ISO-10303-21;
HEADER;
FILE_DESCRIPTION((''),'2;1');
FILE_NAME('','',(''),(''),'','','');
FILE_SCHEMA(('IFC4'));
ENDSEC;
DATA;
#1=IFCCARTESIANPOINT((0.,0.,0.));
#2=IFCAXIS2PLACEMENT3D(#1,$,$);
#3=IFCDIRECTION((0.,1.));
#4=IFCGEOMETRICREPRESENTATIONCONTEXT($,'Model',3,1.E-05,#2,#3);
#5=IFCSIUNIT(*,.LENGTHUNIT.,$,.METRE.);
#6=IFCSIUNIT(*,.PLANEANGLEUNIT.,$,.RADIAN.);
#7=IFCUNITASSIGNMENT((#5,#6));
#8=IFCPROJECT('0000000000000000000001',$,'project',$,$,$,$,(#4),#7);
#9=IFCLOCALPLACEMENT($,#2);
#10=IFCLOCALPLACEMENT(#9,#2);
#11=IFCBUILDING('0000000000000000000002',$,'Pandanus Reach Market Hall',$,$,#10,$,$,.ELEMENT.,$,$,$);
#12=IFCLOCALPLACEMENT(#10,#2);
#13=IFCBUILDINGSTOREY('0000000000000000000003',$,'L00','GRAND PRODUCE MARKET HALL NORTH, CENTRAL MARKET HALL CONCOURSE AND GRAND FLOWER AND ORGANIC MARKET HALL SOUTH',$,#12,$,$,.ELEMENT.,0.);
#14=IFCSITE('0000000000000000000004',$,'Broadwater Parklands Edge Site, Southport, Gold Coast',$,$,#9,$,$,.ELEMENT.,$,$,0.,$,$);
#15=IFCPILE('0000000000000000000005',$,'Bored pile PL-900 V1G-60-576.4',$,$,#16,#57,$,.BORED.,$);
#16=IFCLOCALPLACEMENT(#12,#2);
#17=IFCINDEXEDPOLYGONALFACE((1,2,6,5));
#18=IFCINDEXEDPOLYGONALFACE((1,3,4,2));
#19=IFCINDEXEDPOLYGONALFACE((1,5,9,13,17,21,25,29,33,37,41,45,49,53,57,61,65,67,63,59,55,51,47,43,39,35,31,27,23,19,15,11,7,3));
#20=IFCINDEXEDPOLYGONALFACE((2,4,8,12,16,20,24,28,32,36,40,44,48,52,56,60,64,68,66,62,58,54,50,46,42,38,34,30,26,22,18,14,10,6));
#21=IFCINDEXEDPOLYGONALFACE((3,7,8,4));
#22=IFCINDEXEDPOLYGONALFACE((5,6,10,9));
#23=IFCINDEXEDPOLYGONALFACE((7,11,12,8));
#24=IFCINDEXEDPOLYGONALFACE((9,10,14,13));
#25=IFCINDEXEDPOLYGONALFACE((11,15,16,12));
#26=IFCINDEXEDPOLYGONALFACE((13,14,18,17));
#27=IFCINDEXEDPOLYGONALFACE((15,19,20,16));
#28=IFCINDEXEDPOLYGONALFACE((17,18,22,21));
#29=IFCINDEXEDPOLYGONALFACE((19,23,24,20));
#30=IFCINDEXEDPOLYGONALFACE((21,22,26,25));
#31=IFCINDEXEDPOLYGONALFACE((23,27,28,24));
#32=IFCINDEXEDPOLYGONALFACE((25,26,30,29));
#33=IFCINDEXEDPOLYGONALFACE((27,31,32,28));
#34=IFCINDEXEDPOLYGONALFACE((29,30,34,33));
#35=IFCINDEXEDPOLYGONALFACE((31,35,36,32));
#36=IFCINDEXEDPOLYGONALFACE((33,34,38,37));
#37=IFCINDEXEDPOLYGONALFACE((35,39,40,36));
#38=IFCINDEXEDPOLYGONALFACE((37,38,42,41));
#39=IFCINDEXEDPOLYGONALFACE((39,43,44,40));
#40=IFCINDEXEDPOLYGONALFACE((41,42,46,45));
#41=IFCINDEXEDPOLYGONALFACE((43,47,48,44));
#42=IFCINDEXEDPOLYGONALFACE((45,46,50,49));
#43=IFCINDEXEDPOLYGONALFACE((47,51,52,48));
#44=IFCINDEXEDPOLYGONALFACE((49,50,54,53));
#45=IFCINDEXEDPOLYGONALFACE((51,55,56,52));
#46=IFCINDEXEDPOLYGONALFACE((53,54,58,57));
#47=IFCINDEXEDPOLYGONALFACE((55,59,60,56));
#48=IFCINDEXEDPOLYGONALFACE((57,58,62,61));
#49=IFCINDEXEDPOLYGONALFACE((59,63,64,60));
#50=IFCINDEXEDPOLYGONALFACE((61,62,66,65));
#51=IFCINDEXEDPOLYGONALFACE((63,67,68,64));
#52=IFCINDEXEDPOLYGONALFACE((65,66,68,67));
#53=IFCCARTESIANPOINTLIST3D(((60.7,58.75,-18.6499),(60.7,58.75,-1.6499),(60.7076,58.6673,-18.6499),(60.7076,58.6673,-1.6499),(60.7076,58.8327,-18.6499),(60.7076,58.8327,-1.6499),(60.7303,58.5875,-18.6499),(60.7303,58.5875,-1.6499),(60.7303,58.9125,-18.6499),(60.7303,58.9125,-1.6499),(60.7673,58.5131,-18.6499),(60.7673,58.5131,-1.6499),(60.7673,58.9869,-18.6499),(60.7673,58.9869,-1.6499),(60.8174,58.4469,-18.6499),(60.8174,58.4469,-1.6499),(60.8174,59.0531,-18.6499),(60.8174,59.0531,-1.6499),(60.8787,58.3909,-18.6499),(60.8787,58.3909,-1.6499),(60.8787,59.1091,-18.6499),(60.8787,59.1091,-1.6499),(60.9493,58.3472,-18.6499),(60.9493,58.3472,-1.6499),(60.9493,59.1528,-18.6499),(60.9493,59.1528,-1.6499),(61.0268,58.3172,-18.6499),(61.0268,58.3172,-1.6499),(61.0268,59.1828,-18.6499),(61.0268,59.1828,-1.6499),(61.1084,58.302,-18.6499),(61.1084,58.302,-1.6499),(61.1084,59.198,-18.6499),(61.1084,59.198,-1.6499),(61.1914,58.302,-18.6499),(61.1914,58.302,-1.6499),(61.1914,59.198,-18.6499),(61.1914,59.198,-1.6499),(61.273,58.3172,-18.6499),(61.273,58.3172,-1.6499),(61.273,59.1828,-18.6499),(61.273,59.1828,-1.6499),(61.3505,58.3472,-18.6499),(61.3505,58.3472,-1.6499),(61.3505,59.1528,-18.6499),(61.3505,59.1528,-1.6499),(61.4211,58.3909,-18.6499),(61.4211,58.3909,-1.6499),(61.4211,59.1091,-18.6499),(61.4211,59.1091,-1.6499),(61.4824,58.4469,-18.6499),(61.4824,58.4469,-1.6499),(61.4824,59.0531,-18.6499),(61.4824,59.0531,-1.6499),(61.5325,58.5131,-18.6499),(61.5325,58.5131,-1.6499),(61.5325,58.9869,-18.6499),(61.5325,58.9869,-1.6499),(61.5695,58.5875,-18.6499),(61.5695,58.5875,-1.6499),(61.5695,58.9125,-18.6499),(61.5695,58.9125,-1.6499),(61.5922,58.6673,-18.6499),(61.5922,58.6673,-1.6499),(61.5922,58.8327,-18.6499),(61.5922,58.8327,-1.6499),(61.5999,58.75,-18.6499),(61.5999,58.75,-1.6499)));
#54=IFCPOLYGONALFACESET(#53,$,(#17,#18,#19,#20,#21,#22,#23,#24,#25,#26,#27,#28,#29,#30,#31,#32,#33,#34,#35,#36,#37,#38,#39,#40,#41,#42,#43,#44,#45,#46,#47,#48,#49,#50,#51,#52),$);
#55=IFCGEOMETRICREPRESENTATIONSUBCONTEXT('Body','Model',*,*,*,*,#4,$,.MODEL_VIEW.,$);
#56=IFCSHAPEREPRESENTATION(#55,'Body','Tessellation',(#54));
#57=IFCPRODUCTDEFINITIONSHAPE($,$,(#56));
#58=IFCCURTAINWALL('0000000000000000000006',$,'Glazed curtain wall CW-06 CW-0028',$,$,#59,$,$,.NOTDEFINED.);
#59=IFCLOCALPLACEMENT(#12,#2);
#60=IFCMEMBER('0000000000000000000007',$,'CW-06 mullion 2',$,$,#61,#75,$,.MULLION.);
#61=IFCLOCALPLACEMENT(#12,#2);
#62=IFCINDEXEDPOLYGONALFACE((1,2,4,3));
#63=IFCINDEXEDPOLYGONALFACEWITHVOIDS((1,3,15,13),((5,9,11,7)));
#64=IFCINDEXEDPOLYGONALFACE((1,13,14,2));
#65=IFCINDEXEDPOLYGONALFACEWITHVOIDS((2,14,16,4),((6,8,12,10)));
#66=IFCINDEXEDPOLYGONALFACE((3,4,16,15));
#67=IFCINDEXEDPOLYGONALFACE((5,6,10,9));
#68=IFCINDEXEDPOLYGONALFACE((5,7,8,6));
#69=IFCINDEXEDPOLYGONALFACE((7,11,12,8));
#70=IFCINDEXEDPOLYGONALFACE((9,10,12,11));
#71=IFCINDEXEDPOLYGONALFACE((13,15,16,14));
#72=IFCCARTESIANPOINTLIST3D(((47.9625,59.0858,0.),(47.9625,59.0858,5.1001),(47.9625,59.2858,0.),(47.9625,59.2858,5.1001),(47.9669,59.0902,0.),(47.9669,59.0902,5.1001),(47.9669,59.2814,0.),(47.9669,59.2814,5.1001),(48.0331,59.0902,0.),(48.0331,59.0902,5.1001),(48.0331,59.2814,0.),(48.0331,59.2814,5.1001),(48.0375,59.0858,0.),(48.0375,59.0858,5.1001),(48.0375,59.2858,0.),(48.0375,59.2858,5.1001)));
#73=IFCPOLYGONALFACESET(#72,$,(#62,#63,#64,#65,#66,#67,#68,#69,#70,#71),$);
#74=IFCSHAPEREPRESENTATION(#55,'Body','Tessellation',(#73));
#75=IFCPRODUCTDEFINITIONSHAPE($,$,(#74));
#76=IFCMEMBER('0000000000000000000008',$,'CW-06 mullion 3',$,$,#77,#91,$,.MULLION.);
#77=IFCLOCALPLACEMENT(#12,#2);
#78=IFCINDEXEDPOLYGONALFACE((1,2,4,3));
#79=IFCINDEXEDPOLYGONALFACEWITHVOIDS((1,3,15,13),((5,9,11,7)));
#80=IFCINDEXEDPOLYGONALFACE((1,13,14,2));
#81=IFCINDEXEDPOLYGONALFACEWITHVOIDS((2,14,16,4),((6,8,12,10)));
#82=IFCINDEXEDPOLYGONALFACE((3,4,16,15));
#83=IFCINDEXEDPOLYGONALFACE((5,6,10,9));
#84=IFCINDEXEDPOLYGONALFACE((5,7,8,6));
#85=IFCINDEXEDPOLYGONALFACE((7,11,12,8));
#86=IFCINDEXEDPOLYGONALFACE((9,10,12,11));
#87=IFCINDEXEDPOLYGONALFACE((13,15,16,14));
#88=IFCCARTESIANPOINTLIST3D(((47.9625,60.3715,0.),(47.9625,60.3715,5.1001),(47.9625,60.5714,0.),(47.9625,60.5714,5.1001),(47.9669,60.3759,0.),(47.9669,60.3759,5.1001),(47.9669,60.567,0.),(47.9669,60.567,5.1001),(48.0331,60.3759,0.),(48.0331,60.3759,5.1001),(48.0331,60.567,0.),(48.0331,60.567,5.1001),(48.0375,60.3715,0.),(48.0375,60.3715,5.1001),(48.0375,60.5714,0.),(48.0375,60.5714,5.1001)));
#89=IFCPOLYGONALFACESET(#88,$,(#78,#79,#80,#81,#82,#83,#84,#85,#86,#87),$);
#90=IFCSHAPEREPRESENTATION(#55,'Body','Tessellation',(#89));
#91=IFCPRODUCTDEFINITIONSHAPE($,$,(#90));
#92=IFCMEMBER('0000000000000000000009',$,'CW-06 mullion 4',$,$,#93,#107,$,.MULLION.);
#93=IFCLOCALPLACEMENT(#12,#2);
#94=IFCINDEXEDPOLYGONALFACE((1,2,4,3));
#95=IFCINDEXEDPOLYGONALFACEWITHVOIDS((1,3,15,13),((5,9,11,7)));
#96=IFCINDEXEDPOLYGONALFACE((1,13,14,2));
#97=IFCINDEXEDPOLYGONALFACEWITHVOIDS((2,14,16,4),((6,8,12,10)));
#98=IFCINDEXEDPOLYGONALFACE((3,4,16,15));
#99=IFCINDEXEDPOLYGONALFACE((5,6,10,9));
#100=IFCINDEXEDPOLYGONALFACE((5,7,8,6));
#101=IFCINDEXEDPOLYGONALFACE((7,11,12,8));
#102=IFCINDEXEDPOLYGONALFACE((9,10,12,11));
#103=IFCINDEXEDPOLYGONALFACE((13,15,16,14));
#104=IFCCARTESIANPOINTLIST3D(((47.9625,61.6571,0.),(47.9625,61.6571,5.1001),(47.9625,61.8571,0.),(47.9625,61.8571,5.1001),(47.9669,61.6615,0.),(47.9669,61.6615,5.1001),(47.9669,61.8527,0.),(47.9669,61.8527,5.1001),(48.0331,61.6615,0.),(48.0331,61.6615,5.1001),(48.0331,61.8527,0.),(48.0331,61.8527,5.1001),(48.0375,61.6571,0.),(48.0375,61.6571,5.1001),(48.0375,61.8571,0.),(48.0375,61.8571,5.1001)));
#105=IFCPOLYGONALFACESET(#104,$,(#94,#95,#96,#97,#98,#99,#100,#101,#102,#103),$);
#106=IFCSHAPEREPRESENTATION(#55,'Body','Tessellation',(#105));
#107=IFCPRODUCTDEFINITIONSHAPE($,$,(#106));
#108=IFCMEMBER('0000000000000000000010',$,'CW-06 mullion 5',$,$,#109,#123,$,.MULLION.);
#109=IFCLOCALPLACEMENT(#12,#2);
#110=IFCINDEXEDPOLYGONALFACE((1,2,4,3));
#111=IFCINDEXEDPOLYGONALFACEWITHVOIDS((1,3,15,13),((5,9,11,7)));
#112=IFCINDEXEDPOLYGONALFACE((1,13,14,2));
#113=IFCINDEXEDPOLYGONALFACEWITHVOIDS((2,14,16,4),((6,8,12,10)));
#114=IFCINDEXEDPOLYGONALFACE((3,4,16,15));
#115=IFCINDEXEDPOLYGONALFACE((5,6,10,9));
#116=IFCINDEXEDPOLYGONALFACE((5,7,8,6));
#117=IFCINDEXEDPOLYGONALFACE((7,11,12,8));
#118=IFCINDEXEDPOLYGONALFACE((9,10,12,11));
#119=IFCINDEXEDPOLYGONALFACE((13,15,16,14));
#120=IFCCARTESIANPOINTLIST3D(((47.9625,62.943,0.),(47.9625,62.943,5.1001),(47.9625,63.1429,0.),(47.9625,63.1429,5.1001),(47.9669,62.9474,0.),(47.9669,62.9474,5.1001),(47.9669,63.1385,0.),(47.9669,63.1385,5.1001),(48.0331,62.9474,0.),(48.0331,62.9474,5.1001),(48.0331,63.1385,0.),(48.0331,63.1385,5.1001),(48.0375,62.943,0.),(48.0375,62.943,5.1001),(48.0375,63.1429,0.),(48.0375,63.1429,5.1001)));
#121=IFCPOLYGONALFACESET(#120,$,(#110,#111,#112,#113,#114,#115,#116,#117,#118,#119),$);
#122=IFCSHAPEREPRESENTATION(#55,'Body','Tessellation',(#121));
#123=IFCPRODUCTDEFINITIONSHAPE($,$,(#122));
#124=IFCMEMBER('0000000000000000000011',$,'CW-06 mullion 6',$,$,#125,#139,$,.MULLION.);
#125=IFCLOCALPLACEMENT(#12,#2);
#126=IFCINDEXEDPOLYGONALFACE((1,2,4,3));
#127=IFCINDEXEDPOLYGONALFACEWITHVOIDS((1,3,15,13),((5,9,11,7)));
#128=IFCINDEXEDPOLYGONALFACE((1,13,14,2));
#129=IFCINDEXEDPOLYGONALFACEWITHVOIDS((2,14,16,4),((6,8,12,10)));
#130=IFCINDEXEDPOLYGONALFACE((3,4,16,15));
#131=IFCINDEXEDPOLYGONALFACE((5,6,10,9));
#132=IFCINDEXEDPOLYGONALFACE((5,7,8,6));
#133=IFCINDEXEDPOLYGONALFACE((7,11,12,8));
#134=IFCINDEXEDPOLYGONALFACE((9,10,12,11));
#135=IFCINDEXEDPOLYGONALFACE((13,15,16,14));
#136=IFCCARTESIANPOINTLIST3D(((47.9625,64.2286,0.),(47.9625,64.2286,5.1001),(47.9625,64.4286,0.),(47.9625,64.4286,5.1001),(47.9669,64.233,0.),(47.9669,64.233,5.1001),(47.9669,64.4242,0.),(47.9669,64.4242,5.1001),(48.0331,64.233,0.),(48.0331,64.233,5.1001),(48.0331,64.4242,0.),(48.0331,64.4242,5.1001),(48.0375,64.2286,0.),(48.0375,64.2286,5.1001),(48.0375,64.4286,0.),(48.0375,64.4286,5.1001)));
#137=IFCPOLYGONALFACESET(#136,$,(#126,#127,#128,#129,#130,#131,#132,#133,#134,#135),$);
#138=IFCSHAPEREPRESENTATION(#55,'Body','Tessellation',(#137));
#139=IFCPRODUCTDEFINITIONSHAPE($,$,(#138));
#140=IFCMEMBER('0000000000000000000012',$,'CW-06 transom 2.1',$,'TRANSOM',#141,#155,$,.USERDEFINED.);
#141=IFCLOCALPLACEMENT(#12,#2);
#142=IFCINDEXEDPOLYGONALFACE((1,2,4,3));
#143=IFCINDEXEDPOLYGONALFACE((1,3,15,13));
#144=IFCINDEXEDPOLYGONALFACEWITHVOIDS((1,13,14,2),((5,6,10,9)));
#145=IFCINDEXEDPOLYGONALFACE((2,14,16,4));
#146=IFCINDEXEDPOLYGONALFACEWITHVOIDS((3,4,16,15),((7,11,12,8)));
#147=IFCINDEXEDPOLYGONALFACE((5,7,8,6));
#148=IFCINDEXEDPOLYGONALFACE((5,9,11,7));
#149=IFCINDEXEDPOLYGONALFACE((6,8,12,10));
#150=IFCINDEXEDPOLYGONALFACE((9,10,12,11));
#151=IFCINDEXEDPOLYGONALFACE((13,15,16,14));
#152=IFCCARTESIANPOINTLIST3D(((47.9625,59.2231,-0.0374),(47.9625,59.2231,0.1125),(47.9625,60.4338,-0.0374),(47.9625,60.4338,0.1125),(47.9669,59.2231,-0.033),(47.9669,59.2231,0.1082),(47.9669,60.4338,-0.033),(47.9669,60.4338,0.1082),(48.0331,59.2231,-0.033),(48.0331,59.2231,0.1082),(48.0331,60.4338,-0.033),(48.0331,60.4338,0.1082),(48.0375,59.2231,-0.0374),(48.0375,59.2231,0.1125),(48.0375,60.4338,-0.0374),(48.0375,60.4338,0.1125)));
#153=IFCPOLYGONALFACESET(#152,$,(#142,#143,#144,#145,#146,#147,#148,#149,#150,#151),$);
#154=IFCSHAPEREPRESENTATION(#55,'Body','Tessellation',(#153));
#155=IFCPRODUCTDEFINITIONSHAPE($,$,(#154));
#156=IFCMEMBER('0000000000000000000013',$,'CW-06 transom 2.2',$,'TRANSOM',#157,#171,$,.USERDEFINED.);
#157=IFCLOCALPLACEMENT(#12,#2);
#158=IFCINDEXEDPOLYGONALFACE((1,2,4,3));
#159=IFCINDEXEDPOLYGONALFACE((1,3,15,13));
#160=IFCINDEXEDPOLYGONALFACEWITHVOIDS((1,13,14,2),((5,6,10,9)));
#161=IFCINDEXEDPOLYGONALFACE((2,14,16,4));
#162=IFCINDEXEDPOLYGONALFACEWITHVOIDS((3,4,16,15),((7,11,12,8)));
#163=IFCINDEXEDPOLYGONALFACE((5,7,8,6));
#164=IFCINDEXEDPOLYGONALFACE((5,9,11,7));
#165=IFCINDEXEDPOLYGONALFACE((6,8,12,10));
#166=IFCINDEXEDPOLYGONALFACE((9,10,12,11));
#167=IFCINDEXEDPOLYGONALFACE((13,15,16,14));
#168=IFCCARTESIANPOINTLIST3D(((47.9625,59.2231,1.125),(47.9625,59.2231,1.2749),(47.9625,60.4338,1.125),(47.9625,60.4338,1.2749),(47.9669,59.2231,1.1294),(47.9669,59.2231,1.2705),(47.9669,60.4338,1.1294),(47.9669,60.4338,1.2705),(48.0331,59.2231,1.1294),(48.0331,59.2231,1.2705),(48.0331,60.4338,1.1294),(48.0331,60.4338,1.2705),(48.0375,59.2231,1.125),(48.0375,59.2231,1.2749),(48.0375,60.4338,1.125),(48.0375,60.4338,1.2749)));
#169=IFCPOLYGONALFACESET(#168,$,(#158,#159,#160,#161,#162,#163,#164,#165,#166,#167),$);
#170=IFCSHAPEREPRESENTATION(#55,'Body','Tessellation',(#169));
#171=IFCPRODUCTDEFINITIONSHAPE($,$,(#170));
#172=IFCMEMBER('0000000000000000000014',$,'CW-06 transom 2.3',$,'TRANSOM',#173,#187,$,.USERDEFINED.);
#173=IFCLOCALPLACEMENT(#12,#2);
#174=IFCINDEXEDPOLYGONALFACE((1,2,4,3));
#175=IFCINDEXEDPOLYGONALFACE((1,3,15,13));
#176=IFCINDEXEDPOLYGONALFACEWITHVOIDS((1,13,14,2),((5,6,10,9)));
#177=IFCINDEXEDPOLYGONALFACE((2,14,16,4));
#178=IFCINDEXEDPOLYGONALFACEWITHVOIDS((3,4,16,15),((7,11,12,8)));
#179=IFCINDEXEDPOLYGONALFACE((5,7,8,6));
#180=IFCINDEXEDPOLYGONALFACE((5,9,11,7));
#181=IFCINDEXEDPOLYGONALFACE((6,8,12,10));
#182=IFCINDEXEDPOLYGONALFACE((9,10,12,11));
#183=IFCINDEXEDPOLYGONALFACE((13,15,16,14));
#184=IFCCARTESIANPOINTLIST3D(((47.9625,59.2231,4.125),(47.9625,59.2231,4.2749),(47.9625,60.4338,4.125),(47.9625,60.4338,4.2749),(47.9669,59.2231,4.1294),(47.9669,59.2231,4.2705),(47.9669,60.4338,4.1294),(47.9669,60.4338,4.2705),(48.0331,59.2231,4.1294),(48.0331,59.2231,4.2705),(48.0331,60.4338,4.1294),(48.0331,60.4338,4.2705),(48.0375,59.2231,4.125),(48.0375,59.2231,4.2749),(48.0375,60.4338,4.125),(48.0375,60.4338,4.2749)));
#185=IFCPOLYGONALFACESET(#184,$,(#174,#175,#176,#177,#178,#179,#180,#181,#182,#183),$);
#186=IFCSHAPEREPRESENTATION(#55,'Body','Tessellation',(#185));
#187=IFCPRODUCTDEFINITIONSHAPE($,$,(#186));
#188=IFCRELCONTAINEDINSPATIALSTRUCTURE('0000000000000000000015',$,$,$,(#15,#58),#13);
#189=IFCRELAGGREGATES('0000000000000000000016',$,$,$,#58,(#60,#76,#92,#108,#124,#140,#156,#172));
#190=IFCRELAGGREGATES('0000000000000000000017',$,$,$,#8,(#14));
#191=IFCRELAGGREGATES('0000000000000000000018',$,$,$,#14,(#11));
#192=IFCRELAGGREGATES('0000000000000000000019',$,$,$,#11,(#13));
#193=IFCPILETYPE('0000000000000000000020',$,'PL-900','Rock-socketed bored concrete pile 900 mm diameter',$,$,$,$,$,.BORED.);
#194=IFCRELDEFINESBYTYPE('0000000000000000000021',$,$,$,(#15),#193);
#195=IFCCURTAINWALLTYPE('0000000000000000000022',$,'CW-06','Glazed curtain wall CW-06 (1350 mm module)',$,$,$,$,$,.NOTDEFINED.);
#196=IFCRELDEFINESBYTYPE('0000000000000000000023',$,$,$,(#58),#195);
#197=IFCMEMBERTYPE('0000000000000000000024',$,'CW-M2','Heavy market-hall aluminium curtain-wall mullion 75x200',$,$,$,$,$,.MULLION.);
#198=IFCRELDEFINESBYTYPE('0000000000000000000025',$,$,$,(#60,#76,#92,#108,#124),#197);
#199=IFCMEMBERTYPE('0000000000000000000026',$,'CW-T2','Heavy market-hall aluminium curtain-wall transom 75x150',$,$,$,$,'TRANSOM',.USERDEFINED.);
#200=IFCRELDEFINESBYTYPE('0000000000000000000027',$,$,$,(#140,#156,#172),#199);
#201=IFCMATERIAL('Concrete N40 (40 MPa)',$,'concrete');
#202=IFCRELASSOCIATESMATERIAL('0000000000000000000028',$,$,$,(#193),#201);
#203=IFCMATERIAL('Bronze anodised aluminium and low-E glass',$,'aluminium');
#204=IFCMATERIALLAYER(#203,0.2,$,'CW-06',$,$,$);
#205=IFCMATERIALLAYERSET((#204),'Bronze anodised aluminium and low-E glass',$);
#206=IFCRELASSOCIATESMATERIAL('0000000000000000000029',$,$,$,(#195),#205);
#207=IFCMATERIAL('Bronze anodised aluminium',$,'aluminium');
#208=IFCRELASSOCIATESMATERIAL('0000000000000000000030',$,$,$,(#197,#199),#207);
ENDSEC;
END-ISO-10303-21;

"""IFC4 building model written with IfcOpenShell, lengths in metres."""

from ifc_helpers import new_model, si_unit, direction, frame, origin, origin_2d, place, context, subcontext, project, spatial, hollow_rectangle, circle, extrude, material, layer, layer_set, material_profile, profile_set, type_object, element, aggregate, save


model = new_model("IFC4")

# Units and contexts
model_context = context("Model", 3, precision=1e-05, world=origin(), true_north=direction((0.0, 1.0)))
body_context = subcontext(model_context, "Body", "Model", "MODEL_VIEW")
ifc_project = project(units=[si_unit("LENGTHUNIT", "METRE"), si_unit("PLANEANGLEUNIT", "RADIAN")], contexts=[model_context])

# Site, building, storey
site_placement = place(None, origin())
site = spatial("IfcSite", under=ifc_project, at=site_placement, Name="Broadwater Parklands Edge Site, Southport, Gold Coast", CompositionType="ELEMENT", RefElevation=0.0)
building_placement = place(site_placement, origin())
building = spatial("IfcBuilding", under=site, at=building_placement, Name="Pandanus Reach Market Hall", CompositionType="ELEMENT")
storey_placement = place(building_placement, origin())
storey = spatial("IfcBuildingStorey", under=building, at=storey_placement, Name="L00", Description="GRAND PRODUCE MARKET HALL NORTH, CENTRAL MARKET HALL CONCOURSE AND GRAND FLOWER AND ORGANIC MARKET HALL SOUTH", CompositionType="ELEMENT", Elevation=0.0)

# Pile
ifc_material_1 = material(Name="Concrete N40 (40 MPa)", Category="concrete")
ifc_material_profile_1 = material_profile(ifc_material_1, circle(Radius=0.45, at=origin_2d()), Name="PILE-900D", Category="LoadBearing")
ifc_profile_set_1 = profile_set([ifc_material_profile_1], Name="Concrete N40 (40 MPa)")
pile_type = type_object("IfcPileType", Name="PL-900", Description="Rock-socketed bored concrete pile 900 mm diameter", PredefinedType="BORED", material=ifc_profile_set_1)
pile_placement = place(storey_placement, frame((61.1499, 58.75, -1.6499), z_axis=(0.0, 0.0, -1.0), x_axis=(1.0, 0.0, 0.0)))
element("IfcPile", 1, at=pile_placement, inside=storey, type_object=pile_type, Name="Bored pile PL-900 V1G-60-576.4", PredefinedType="BORED", context=body_context, shape_type="SweptSolid", body=[
    extrude(circle(Radius=0.45, at=origin_2d()), origin(), (0.0, 0.0, 1.0), 17.0),
])

# Curtain wall, members
ifc_material_2 = material(Name="Bronze anodised aluminium and low-E glass", Category="aluminium")
ifc_layer_1 = layer(ifc_material_2, 0.2, Name="CW-06")
ifc_layer_set_1 = layer_set([ifc_layer_1], Name="Bronze anodised aluminium and low-E glass")
curtain_wall_type = type_object("IfcCurtainWallType", Name="CW-06", Description="Glazed curtain wall CW-06 (1350 mm module)", PredefinedType="NOTDEFINED", material=ifc_layer_set_1)
curtain_wall_placement = place(storey_placement, origin())
curtain_wall = element("IfcCurtainWall", 2, at=curtain_wall_placement, inside=storey, type_object=curtain_wall_type, Name="Glazed curtain wall CW-06 CW-0028", PredefinedType="NOTDEFINED")
ifc_material_3 = material(Name="Bronze anodised aluminium", Category="aluminium")
ifc_material_profile_2 = material_profile(ifc_material_3, hollow_rectangle(XDim=0.075, YDim=0.2, WallThickness=0.0044, at=origin_2d()), Name="ALU75x200", Category="LoadBearing")
ifc_profile_set_2 = profile_set([ifc_material_profile_2], Name="Bronze anodised aluminium")
member_type_1 = type_object("IfcMemberType", Name="CW-M2", Description="Heavy market-hall aluminium curtain-wall mullion 75x200", PredefinedType="MULLION", material=ifc_profile_set_2)
member_1_placement = place(storey_placement, frame((48.0, 59.1858, 0.0), z_axis=(0.0, 0.0, 1.0), x_axis=(-1.0, 0.0, 0.0)))
member_1 = element("IfcMember", 3, at=member_1_placement, type_object=member_type_1, Name="CW-06 mullion 2", PredefinedType="MULLION", context=body_context, shape_type="SweptSolid", body=[
    extrude(hollow_rectangle(XDim=0.075, YDim=0.2, WallThickness=0.0044, at=origin_2d()), origin(), (0.0, 0.0, 1.0), 5.1001),
])
member_2_placement = place(storey_placement, frame((48.0, 60.4714, 0.0), z_axis=(0.0, 0.0, 1.0), x_axis=(-1.0, 0.0, 0.0)))
member_2 = element("IfcMember", 4, at=member_2_placement, type_object=member_type_1, Name="CW-06 mullion 3", PredefinedType="MULLION", context=body_context, shape_type="SweptSolid", body=[
    extrude(hollow_rectangle(XDim=0.075, YDim=0.2, WallThickness=0.0044, at=origin_2d()), origin(), (0.0, 0.0, 1.0), 5.1001),
])
member_3_placement = place(storey_placement, frame((48.0, 61.7571, 0.0), z_axis=(0.0, 0.0, 1.0), x_axis=(-1.0, 0.0, 0.0)))
member_3 = element("IfcMember", 5, at=member_3_placement, type_object=member_type_1, Name="CW-06 mullion 4", PredefinedType="MULLION", context=body_context, shape_type="SweptSolid", body=[
    extrude(hollow_rectangle(XDim=0.075, YDim=0.2, WallThickness=0.0044, at=origin_2d()), origin(), (0.0, 0.0, 1.0), 5.1001),
])
member_4_placement = place(storey_placement, frame((48.0, 63.043, 0.0), z_axis=(0.0, 0.0, 1.0), x_axis=(-1.0, 0.0, 0.0)))
member_4 = element("IfcMember", 6, at=member_4_placement, type_object=member_type_1, Name="CW-06 mullion 5", PredefinedType="MULLION", context=body_context, shape_type="SweptSolid", body=[
    extrude(hollow_rectangle(XDim=0.075, YDim=0.2, WallThickness=0.0044, at=origin_2d()), origin(), (0.0, 0.0, 1.0), 5.1001),
])
member_5_placement = place(storey_placement, frame((48.0, 64.3286, 0.0), z_axis=(0.0, 0.0, 1.0), x_axis=(-1.0, 0.0, 0.0)))
member_5 = element("IfcMember", 7, at=member_5_placement, type_object=member_type_1, Name="CW-06 mullion 6", PredefinedType="MULLION", context=body_context, shape_type="SweptSolid", body=[
    extrude(hollow_rectangle(XDim=0.075, YDim=0.2, WallThickness=0.0044, at=origin_2d()), origin(), (0.0, 0.0, 1.0), 5.1001),
])
ifc_material_profile_3 = material_profile(ifc_material_3, hollow_rectangle(XDim=0.075, YDim=0.1499, WallThickness=0.0044, at=origin_2d()), Name="ALU75x150", Category="LoadBearing")
ifc_profile_set_3 = profile_set([ifc_material_profile_3], Name="Bronze anodised aluminium")
member_type_2 = type_object("IfcMemberType", Name="CW-T2", Description="Heavy market-hall aluminium curtain-wall transom 75x150", ElementType="TRANSOM", PredefinedType="USERDEFINED", material=ifc_profile_set_3)
member_6_placement = place(storey_placement, frame((48.0, 59.2231, 0.0376), z_axis=(0.0, 1.0, 0.0), x_axis=(-1.0, 0.0, 0.0)))
member_6 = element("IfcMember", 8, at=member_6_placement, type_object=member_type_2, Name="CW-06 transom 2.1", ObjectType="TRANSOM", PredefinedType="USERDEFINED", context=body_context, shape_type="SweptSolid", body=[
    extrude(hollow_rectangle(XDim=0.075, YDim=0.1499, WallThickness=0.0044, at=origin_2d()), origin(), (0.0, 0.0, 1.0), 1.2107),
])
member_7_placement = place(storey_placement, frame((48.0, 59.2231, 1.2), z_axis=(0.0, 1.0, 0.0), x_axis=(-1.0, 0.0, 0.0)))
member_7 = element("IfcMember", 9, at=member_7_placement, type_object=member_type_2, Name="CW-06 transom 2.2", ObjectType="TRANSOM", PredefinedType="USERDEFINED", context=body_context, shape_type="SweptSolid", body=[
    extrude(hollow_rectangle(XDim=0.075, YDim=0.1499, WallThickness=0.0044, at=origin_2d()), origin(), (0.0, 0.0, 1.0), 1.2107),
])
member_8_placement = place(storey_placement, frame((48.0, 59.2231, 4.2), z_axis=(0.0, 1.0, 0.0), x_axis=(-1.0, 0.0, 0.0)))
member_8 = element("IfcMember", 10, at=member_8_placement, type_object=member_type_2, Name="CW-06 transom 2.3", ObjectType="TRANSOM", PredefinedType="USERDEFINED", context=body_context, shape_type="SweptSolid", body=[
    extrude(hollow_rectangle(XDim=0.075, YDim=0.1499, WallThickness=0.0044, at=origin_2d()), origin(), (0.0, 0.0, 1.0), 1.2107),
])
aggregate(curtain_wall, [member_1, member_2, member_3, member_4, member_5, member_6, member_7, member_8])

save(model, "model.ifc")
